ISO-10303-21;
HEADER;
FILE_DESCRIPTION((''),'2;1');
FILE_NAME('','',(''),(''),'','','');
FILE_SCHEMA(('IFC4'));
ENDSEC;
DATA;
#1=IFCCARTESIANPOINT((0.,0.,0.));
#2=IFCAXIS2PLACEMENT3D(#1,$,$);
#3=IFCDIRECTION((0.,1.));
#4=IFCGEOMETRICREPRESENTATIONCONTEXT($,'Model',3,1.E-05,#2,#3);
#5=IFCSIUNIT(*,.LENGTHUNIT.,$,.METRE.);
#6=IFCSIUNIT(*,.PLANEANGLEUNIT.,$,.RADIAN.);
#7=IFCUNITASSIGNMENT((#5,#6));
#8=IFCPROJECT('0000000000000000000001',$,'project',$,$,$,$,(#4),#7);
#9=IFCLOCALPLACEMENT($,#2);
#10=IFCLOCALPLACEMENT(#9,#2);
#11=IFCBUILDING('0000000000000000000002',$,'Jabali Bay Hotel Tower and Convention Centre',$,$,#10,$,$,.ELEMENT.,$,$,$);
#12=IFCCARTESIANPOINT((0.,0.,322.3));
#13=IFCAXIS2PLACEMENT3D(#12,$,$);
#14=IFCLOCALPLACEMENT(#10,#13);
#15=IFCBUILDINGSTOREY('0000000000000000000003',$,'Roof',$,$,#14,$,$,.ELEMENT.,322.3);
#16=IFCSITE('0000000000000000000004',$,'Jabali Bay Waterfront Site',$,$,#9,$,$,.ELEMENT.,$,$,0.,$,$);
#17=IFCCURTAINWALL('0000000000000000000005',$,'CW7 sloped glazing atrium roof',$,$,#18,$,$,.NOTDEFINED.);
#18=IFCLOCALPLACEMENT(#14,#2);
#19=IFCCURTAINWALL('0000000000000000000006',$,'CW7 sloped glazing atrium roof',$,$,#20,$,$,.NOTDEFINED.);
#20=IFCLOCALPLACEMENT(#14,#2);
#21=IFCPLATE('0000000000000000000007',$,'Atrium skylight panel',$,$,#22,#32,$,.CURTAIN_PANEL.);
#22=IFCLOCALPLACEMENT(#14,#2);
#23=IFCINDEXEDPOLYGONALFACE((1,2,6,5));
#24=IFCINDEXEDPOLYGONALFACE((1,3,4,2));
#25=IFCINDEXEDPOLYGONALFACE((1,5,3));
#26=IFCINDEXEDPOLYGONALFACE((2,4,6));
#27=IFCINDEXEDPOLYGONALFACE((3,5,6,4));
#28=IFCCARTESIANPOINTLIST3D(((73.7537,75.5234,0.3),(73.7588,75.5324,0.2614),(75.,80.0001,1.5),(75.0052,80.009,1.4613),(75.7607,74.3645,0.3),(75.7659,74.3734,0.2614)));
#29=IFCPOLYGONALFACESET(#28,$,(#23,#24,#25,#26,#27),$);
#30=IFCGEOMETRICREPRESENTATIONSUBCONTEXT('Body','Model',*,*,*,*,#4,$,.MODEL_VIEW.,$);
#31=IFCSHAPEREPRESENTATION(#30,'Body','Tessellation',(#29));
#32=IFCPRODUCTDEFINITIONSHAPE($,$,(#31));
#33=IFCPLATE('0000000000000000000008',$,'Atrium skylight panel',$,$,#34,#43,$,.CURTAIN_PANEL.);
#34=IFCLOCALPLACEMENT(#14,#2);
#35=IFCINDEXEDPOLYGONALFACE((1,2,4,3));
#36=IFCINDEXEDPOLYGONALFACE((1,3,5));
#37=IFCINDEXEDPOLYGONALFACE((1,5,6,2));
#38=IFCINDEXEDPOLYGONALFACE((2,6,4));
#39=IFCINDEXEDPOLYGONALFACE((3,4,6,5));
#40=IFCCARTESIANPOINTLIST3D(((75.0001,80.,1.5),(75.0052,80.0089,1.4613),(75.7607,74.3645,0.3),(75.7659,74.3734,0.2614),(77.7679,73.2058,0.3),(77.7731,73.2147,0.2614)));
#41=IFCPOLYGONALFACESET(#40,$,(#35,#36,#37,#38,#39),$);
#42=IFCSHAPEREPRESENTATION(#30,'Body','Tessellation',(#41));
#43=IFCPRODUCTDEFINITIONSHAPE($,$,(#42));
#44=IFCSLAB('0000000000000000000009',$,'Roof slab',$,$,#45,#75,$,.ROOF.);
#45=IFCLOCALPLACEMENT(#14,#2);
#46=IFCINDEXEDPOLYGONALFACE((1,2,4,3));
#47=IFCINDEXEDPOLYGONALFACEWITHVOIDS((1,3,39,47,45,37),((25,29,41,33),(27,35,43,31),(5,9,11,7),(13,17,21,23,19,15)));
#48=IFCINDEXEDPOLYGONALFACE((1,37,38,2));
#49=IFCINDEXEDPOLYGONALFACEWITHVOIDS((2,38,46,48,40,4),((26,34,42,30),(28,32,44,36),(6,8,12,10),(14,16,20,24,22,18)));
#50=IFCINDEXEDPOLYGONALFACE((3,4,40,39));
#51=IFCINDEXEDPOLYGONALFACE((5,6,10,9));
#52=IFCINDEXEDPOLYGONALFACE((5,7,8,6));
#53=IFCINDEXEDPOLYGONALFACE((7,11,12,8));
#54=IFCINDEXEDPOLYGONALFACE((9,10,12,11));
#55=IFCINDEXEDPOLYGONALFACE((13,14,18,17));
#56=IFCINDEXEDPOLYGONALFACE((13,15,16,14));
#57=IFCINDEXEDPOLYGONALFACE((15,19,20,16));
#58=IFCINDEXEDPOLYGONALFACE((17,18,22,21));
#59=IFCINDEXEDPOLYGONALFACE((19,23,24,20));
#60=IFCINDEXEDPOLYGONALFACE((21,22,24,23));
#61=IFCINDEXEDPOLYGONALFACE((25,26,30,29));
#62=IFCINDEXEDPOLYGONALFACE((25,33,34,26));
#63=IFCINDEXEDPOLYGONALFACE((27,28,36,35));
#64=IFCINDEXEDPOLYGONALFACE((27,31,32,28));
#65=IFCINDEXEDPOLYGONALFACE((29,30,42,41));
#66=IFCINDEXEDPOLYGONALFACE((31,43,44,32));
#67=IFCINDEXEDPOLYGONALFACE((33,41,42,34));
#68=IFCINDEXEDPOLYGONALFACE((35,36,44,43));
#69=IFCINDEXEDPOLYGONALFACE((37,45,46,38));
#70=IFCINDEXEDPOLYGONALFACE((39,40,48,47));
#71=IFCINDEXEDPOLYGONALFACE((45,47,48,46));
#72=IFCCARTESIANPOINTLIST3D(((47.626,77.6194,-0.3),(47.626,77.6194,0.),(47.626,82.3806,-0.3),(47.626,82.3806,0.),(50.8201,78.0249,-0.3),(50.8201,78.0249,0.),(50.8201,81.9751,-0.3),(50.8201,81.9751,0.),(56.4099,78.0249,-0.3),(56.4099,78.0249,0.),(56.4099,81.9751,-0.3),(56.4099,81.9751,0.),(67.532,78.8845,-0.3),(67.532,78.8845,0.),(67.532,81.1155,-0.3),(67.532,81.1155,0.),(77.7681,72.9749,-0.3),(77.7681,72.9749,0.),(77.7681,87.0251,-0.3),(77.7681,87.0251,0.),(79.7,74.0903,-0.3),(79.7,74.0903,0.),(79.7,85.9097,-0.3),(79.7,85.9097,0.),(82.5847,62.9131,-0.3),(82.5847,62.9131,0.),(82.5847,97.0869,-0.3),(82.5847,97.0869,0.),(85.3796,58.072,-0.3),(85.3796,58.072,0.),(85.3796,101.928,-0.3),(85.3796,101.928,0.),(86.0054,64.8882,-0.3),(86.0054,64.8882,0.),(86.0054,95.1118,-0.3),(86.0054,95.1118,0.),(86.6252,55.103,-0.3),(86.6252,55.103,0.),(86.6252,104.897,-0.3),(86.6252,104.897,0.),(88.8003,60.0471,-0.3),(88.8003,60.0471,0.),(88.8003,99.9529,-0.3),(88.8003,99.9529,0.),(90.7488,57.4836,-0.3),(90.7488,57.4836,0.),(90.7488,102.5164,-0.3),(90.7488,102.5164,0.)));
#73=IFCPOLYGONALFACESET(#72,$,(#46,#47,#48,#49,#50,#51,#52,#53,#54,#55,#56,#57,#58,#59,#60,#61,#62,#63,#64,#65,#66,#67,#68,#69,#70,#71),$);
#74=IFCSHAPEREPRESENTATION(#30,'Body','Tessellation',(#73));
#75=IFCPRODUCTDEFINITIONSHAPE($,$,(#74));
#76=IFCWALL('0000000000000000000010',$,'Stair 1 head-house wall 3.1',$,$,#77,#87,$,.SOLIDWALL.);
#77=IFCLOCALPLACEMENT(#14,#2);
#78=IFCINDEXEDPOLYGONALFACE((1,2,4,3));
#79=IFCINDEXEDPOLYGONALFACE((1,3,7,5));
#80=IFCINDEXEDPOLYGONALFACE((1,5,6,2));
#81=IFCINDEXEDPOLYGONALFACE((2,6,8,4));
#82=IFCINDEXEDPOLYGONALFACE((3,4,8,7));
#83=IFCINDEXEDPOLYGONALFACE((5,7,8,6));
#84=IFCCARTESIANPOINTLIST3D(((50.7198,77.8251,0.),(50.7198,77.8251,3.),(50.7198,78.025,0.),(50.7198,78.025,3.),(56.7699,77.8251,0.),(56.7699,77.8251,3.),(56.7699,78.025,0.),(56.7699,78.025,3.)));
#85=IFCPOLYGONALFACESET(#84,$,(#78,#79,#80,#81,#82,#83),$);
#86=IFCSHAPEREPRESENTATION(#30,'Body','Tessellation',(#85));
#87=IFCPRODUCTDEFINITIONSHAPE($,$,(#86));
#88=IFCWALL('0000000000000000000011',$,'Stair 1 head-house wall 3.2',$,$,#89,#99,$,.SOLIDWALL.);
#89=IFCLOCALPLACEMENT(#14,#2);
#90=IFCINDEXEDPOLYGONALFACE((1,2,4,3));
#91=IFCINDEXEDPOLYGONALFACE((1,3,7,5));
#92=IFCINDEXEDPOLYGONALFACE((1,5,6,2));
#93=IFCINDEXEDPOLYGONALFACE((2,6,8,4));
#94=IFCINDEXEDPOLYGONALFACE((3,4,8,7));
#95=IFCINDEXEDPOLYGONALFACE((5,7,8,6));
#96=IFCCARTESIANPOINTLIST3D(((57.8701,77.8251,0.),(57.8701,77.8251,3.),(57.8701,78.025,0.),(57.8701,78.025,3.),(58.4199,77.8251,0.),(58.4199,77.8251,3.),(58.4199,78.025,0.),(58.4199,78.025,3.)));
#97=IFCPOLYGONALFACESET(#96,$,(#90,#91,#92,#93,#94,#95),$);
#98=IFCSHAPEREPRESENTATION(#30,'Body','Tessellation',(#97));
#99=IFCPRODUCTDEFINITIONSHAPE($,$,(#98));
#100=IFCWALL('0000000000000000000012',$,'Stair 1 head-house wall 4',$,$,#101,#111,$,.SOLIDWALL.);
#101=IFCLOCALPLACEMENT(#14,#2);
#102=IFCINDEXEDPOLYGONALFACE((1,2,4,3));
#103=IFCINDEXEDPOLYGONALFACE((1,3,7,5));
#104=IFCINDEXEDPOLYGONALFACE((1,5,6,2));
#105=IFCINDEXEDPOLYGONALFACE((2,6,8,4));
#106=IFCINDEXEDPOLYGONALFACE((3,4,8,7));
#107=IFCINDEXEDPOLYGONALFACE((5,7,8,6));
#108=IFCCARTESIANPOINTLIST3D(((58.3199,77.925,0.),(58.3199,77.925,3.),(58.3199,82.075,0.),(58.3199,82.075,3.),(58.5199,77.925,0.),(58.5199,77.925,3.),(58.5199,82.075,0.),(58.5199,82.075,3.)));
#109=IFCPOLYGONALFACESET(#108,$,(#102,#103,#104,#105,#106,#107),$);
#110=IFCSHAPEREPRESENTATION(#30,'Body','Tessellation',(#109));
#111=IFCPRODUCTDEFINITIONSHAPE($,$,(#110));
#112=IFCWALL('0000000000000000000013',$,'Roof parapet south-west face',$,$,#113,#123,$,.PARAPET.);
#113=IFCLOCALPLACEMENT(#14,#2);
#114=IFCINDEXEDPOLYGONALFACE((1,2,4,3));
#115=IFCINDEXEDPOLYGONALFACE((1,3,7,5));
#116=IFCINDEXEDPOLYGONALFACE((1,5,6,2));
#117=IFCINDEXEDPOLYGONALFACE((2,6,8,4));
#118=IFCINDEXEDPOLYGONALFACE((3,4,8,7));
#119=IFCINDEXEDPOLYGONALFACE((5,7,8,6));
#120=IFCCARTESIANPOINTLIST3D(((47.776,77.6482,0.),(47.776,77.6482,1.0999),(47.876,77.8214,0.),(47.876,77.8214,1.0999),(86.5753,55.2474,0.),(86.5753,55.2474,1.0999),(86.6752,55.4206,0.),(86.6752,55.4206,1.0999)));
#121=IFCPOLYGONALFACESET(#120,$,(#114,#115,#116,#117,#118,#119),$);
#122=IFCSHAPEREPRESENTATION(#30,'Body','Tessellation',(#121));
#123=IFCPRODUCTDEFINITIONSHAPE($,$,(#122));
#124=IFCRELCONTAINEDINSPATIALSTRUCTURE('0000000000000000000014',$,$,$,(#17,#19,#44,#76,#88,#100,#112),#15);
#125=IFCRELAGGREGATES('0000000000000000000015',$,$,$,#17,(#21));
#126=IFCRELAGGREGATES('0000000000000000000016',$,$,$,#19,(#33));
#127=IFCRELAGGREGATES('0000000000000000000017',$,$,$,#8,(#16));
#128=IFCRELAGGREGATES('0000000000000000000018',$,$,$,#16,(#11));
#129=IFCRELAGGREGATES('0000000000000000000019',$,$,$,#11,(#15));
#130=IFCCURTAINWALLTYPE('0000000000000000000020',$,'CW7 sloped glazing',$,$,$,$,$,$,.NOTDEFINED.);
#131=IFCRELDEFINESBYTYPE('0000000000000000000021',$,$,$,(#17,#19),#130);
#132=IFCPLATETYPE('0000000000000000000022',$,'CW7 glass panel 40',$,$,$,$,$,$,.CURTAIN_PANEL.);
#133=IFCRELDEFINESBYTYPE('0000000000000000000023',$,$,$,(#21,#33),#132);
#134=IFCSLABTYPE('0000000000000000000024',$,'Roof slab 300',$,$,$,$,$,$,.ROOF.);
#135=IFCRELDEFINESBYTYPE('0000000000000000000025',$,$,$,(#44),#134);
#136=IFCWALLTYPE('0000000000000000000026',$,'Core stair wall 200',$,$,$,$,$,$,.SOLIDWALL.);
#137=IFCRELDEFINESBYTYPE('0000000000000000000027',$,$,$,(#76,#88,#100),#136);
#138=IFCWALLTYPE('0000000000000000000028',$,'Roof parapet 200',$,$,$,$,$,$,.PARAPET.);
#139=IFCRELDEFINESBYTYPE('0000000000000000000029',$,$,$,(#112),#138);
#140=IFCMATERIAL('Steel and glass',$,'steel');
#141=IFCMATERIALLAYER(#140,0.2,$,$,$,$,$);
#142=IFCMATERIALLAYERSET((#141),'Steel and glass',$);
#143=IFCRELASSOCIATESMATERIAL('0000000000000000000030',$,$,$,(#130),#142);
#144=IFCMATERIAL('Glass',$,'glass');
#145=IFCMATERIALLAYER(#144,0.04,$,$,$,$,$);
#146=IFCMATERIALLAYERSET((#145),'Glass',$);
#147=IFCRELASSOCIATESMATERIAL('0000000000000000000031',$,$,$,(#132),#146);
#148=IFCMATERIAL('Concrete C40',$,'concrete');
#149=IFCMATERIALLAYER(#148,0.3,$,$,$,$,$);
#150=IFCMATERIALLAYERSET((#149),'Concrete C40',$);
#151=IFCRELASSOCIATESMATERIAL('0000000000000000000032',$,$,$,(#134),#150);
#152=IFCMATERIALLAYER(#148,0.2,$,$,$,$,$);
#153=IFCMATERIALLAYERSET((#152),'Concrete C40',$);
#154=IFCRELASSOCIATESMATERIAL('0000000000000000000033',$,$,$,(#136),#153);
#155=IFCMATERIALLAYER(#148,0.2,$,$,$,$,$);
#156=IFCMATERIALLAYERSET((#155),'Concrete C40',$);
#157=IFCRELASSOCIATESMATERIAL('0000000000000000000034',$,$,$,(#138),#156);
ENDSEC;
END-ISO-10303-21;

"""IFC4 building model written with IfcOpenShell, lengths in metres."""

from ifc_helpers import new_model, si_unit, direction, frame, frame_2d, origin, place, context, subcontext, project, spatial, polyline, rectangle, outline, extrude, material, layer, layer_set, type_object, element, aggregate, save


model = new_model("IFC4")

# Units and contexts
model_context = context("Model", 3, precision=1e-05, world=origin(), true_north=direction((0.0, 1.0)))
body_context = subcontext(model_context, "Body", "Model", "MODEL_VIEW")
ifc_project = project(units=[si_unit("LENGTHUNIT", "METRE"), si_unit("PLANEANGLEUNIT", "RADIAN")], contexts=[model_context])

# Site, building, storey
site_placement = place(None, origin())
site = spatial("IfcSite", under=ifc_project, at=site_placement, Name="Jabali Bay Waterfront Site", CompositionType="ELEMENT", RefElevation=0.0)
building_placement = place(site_placement, origin())
building = spatial("IfcBuilding", under=site, at=building_placement, Name="Jabali Bay Hotel Tower and Convention Centre", CompositionType="ELEMENT")
storey_placement = place(building_placement, frame((0.0, 0.0, 322.3)))
storey = spatial("IfcBuildingStorey", under=building, at=storey_placement, Name="Roof", CompositionType="ELEMENT", Elevation=322.3)

# Shared definitions
ifc_material_1 = material(Name="Concrete C40", Category="concrete")

# Curtain walls
ifc_material_2 = material(Name="Steel and glass", Category="steel")
ifc_layer_1 = layer(ifc_material_2, 0.2)
ifc_layer_set_1 = layer_set([ifc_layer_1], Name="Steel and glass")
curtain_wall_type = type_object("IfcCurtainWallType", Name="CW7 sloped glazing", PredefinedType="NOTDEFINED", material=ifc_layer_set_1)
curtain_wall_1_placement = place(storey_placement, origin())
curtain_wall_1 = element("IfcCurtainWall", 1, at=curtain_wall_1_placement, inside=storey, type_object=curtain_wall_type, Name="CW7 sloped glazing atrium roof", PredefinedType="NOTDEFINED")
curtain_wall_2_placement = place(storey_placement, origin())
curtain_wall_2 = element("IfcCurtainWall", 2, at=curtain_wall_2_placement, inside=storey, type_object=curtain_wall_type, Name="CW7 sloped glazing atrium roof", PredefinedType="NOTDEFINED")

# Plates
ifc_material_3 = material(Name="Glass", Category="glass")
ifc_layer_2 = layer(ifc_material_3, 0.04)
ifc_layer_set_2 = layer_set([ifc_layer_2], Name="Glass")
plate_type = type_object("IfcPlateType", Name="CW7 glass panel 40", PredefinedType="CURTAIN_PANEL", material=ifc_layer_set_2)
plate_1_placement = place(storey_placement, frame((73.7537, 75.5234, 0.3), z_axis=(-0.128841, -0.22313, 0.966236), x_axis=(0.865998, -0.500048, 0.0)))
plate_1 = element("IfcPlate", 3, at=plate_1_placement, type_object=plate_type, Name="Atrium skylight panel", PredefinedType="CURTAIN_PANEL", context=body_context, shape_type="SweptSolid", body=[
    extrude(outline(polyline([(0.0, 0.0), (2.3176, 0.0), (-1.1592, 4.6572), (0.0, 0.0)])), origin(), (0.0, 0.0, -1.0), 0.04),
])
aggregate(curtain_wall_1, [plate_1])
plate_2_placement = place(storey_placement, frame((75.7607, 74.3645, 0.3), z_axis=(-0.128812, -0.223128, 0.966241), x_axis=(0.866043, -0.499969, 0.0)))
plate_2 = element("IfcPlate", 4, at=plate_2_placement, type_object=plate_type, Name="Atrium skylight panel", PredefinedType="CURTAIN_PANEL", context=body_context, shape_type="SweptSolid", body=[
    extrude(outline(polyline([(0.0, 0.0), (2.3176, 0.0), (-3.4763, 4.6575), (0.0, 0.0)])), origin(), (0.0, 0.0, -1.0), 0.04),
])
aggregate(curtain_wall_2, [plate_2])

# Slab
ifc_layer_3 = layer(ifc_material_1, 0.3)
ifc_layer_set_3 = layer_set([ifc_layer_3], Name="Concrete C40")
slab_type = type_object("IfcSlabType", Name="Roof slab 300", PredefinedType="ROOF", material=ifc_layer_set_3)
slab_placement = place(storey_placement, frame((0.0, 0.0, -0.3)))
element("IfcSlab", 5, at=slab_placement, inside=storey, type_object=slab_type, Name="Roof slab", PredefinedType="ROOF", context=body_context, shape_type="SweptSolid", body=[
    extrude(outline(polyline([(86.6252, 55.103), (47.626, 77.6194), (47.626, 82.3806), (86.6252, 104.897), (90.7488, 102.5164), (90.7488, 57.4836), (86.6252, 55.103)]), holes=[polyline([(79.7, 85.9097), (77.7681, 87.0251), (67.532, 81.1155), (67.532, 78.8845), (77.7681, 72.9749), (79.7, 74.0903), (79.7, 85.9097)]), polyline([(50.8201, 78.0249), (50.8201, 81.9751), (56.4099, 81.9751), (56.4099, 78.0249), (50.8201, 78.0249)]), polyline([(85.3796, 101.928), (88.8003, 99.9529), (86.0054, 95.1118), (82.5847, 97.0869), (85.3796, 101.928)]), polyline([(88.8003, 60.0471), (85.3796, 58.072), (82.5847, 62.9131), (86.0054, 64.8882), (88.8003, 60.0471)])]), origin(), (0.0, 0.0, 1.0), 0.3),
])

# Walls
ifc_layer_4 = layer(ifc_material_1, 0.2)
ifc_layer_set_4 = layer_set([ifc_layer_4], Name="Concrete C40")
wall_type_1 = type_object("IfcWallType", Name="Core stair wall 200", PredefinedType="SOLIDWALL", material=ifc_layer_set_4)
wall_1_placement = place(storey_placement, frame((50.72, 77.925, 0.0), z_axis=(0.0, 0.0, 1.0), x_axis=(1.0, 0.0, 0.0)))
element("IfcWall", 6, at=wall_1_placement, inside=storey, type_object=wall_type_1, Name="Stair 1 head-house wall 3.1", PredefinedType="SOLIDWALL", context=body_context, shape_type="SweptSolid", body=[
    extrude(rectangle(XDim=6.05, YDim=0.2, at=frame_2d((3.0249, 0.0))), origin(), (0.0, 0.0, 1.0), 3.0),
])
wall_2_placement = place(storey_placement, frame((57.8701, 77.925, 0.0), z_axis=(0.0, 0.0, 1.0), x_axis=(1.0, 0.0, 0.0)))
element("IfcWall", 7, at=wall_2_placement, inside=storey, type_object=wall_type_1, Name="Stair 1 head-house wall 3.2", PredefinedType="SOLIDWALL", context=body_context, shape_type="SweptSolid", body=[
    extrude(rectangle(XDim=0.5498, YDim=0.2, at=frame_2d((0.2749, 0.0))), origin(), (0.0, 0.0, 1.0), 3.0),
])
wall_3_placement = place(storey_placement, frame((58.4199, 77.925, 0.0), z_axis=(0.0, 0.0, 1.0), x_axis=(0.0, 1.0, 0.0)))
element("IfcWall", 8, at=wall_3_placement, inside=storey, type_object=wall_type_1, Name="Stair 1 head-house wall 4", PredefinedType="SOLIDWALL", context=body_context, shape_type="SweptSolid", body=[
    extrude(rectangle(XDim=4.1499, YDim=0.2, at=frame_2d((2.075, 0.0))), origin(), (0.0, 0.0, 1.0), 3.0),
])
ifc_layer_5 = layer(ifc_material_1, 0.2)
ifc_layer_set_5 = layer_set([ifc_layer_5], Name="Concrete C40")
wall_type_2 = type_object("IfcWallType", Name="Roof parapet 200", PredefinedType="PARAPET", material=ifc_layer_set_5)
wall_4_placement = place(storey_placement, frame((47.8259, 77.7349, 0.0), z_axis=(0.0, 0.0, 1.0), x_axis=(0.866025, -0.500001, 0.0)))
element("IfcWall", 9, at=wall_4_placement, inside=storey, type_object=wall_type_2, Name="Roof parapet south-west face", PredefinedType="PARAPET", context=body_context, shape_type="SweptSolid", body=[
    extrude(rectangle(XDim=44.8015, YDim=0.2, at=frame_2d((22.4009, 0.0))), origin(), (0.0, 0.0, 1.0), 1.0999),
])

save(model, "model.ifc")
